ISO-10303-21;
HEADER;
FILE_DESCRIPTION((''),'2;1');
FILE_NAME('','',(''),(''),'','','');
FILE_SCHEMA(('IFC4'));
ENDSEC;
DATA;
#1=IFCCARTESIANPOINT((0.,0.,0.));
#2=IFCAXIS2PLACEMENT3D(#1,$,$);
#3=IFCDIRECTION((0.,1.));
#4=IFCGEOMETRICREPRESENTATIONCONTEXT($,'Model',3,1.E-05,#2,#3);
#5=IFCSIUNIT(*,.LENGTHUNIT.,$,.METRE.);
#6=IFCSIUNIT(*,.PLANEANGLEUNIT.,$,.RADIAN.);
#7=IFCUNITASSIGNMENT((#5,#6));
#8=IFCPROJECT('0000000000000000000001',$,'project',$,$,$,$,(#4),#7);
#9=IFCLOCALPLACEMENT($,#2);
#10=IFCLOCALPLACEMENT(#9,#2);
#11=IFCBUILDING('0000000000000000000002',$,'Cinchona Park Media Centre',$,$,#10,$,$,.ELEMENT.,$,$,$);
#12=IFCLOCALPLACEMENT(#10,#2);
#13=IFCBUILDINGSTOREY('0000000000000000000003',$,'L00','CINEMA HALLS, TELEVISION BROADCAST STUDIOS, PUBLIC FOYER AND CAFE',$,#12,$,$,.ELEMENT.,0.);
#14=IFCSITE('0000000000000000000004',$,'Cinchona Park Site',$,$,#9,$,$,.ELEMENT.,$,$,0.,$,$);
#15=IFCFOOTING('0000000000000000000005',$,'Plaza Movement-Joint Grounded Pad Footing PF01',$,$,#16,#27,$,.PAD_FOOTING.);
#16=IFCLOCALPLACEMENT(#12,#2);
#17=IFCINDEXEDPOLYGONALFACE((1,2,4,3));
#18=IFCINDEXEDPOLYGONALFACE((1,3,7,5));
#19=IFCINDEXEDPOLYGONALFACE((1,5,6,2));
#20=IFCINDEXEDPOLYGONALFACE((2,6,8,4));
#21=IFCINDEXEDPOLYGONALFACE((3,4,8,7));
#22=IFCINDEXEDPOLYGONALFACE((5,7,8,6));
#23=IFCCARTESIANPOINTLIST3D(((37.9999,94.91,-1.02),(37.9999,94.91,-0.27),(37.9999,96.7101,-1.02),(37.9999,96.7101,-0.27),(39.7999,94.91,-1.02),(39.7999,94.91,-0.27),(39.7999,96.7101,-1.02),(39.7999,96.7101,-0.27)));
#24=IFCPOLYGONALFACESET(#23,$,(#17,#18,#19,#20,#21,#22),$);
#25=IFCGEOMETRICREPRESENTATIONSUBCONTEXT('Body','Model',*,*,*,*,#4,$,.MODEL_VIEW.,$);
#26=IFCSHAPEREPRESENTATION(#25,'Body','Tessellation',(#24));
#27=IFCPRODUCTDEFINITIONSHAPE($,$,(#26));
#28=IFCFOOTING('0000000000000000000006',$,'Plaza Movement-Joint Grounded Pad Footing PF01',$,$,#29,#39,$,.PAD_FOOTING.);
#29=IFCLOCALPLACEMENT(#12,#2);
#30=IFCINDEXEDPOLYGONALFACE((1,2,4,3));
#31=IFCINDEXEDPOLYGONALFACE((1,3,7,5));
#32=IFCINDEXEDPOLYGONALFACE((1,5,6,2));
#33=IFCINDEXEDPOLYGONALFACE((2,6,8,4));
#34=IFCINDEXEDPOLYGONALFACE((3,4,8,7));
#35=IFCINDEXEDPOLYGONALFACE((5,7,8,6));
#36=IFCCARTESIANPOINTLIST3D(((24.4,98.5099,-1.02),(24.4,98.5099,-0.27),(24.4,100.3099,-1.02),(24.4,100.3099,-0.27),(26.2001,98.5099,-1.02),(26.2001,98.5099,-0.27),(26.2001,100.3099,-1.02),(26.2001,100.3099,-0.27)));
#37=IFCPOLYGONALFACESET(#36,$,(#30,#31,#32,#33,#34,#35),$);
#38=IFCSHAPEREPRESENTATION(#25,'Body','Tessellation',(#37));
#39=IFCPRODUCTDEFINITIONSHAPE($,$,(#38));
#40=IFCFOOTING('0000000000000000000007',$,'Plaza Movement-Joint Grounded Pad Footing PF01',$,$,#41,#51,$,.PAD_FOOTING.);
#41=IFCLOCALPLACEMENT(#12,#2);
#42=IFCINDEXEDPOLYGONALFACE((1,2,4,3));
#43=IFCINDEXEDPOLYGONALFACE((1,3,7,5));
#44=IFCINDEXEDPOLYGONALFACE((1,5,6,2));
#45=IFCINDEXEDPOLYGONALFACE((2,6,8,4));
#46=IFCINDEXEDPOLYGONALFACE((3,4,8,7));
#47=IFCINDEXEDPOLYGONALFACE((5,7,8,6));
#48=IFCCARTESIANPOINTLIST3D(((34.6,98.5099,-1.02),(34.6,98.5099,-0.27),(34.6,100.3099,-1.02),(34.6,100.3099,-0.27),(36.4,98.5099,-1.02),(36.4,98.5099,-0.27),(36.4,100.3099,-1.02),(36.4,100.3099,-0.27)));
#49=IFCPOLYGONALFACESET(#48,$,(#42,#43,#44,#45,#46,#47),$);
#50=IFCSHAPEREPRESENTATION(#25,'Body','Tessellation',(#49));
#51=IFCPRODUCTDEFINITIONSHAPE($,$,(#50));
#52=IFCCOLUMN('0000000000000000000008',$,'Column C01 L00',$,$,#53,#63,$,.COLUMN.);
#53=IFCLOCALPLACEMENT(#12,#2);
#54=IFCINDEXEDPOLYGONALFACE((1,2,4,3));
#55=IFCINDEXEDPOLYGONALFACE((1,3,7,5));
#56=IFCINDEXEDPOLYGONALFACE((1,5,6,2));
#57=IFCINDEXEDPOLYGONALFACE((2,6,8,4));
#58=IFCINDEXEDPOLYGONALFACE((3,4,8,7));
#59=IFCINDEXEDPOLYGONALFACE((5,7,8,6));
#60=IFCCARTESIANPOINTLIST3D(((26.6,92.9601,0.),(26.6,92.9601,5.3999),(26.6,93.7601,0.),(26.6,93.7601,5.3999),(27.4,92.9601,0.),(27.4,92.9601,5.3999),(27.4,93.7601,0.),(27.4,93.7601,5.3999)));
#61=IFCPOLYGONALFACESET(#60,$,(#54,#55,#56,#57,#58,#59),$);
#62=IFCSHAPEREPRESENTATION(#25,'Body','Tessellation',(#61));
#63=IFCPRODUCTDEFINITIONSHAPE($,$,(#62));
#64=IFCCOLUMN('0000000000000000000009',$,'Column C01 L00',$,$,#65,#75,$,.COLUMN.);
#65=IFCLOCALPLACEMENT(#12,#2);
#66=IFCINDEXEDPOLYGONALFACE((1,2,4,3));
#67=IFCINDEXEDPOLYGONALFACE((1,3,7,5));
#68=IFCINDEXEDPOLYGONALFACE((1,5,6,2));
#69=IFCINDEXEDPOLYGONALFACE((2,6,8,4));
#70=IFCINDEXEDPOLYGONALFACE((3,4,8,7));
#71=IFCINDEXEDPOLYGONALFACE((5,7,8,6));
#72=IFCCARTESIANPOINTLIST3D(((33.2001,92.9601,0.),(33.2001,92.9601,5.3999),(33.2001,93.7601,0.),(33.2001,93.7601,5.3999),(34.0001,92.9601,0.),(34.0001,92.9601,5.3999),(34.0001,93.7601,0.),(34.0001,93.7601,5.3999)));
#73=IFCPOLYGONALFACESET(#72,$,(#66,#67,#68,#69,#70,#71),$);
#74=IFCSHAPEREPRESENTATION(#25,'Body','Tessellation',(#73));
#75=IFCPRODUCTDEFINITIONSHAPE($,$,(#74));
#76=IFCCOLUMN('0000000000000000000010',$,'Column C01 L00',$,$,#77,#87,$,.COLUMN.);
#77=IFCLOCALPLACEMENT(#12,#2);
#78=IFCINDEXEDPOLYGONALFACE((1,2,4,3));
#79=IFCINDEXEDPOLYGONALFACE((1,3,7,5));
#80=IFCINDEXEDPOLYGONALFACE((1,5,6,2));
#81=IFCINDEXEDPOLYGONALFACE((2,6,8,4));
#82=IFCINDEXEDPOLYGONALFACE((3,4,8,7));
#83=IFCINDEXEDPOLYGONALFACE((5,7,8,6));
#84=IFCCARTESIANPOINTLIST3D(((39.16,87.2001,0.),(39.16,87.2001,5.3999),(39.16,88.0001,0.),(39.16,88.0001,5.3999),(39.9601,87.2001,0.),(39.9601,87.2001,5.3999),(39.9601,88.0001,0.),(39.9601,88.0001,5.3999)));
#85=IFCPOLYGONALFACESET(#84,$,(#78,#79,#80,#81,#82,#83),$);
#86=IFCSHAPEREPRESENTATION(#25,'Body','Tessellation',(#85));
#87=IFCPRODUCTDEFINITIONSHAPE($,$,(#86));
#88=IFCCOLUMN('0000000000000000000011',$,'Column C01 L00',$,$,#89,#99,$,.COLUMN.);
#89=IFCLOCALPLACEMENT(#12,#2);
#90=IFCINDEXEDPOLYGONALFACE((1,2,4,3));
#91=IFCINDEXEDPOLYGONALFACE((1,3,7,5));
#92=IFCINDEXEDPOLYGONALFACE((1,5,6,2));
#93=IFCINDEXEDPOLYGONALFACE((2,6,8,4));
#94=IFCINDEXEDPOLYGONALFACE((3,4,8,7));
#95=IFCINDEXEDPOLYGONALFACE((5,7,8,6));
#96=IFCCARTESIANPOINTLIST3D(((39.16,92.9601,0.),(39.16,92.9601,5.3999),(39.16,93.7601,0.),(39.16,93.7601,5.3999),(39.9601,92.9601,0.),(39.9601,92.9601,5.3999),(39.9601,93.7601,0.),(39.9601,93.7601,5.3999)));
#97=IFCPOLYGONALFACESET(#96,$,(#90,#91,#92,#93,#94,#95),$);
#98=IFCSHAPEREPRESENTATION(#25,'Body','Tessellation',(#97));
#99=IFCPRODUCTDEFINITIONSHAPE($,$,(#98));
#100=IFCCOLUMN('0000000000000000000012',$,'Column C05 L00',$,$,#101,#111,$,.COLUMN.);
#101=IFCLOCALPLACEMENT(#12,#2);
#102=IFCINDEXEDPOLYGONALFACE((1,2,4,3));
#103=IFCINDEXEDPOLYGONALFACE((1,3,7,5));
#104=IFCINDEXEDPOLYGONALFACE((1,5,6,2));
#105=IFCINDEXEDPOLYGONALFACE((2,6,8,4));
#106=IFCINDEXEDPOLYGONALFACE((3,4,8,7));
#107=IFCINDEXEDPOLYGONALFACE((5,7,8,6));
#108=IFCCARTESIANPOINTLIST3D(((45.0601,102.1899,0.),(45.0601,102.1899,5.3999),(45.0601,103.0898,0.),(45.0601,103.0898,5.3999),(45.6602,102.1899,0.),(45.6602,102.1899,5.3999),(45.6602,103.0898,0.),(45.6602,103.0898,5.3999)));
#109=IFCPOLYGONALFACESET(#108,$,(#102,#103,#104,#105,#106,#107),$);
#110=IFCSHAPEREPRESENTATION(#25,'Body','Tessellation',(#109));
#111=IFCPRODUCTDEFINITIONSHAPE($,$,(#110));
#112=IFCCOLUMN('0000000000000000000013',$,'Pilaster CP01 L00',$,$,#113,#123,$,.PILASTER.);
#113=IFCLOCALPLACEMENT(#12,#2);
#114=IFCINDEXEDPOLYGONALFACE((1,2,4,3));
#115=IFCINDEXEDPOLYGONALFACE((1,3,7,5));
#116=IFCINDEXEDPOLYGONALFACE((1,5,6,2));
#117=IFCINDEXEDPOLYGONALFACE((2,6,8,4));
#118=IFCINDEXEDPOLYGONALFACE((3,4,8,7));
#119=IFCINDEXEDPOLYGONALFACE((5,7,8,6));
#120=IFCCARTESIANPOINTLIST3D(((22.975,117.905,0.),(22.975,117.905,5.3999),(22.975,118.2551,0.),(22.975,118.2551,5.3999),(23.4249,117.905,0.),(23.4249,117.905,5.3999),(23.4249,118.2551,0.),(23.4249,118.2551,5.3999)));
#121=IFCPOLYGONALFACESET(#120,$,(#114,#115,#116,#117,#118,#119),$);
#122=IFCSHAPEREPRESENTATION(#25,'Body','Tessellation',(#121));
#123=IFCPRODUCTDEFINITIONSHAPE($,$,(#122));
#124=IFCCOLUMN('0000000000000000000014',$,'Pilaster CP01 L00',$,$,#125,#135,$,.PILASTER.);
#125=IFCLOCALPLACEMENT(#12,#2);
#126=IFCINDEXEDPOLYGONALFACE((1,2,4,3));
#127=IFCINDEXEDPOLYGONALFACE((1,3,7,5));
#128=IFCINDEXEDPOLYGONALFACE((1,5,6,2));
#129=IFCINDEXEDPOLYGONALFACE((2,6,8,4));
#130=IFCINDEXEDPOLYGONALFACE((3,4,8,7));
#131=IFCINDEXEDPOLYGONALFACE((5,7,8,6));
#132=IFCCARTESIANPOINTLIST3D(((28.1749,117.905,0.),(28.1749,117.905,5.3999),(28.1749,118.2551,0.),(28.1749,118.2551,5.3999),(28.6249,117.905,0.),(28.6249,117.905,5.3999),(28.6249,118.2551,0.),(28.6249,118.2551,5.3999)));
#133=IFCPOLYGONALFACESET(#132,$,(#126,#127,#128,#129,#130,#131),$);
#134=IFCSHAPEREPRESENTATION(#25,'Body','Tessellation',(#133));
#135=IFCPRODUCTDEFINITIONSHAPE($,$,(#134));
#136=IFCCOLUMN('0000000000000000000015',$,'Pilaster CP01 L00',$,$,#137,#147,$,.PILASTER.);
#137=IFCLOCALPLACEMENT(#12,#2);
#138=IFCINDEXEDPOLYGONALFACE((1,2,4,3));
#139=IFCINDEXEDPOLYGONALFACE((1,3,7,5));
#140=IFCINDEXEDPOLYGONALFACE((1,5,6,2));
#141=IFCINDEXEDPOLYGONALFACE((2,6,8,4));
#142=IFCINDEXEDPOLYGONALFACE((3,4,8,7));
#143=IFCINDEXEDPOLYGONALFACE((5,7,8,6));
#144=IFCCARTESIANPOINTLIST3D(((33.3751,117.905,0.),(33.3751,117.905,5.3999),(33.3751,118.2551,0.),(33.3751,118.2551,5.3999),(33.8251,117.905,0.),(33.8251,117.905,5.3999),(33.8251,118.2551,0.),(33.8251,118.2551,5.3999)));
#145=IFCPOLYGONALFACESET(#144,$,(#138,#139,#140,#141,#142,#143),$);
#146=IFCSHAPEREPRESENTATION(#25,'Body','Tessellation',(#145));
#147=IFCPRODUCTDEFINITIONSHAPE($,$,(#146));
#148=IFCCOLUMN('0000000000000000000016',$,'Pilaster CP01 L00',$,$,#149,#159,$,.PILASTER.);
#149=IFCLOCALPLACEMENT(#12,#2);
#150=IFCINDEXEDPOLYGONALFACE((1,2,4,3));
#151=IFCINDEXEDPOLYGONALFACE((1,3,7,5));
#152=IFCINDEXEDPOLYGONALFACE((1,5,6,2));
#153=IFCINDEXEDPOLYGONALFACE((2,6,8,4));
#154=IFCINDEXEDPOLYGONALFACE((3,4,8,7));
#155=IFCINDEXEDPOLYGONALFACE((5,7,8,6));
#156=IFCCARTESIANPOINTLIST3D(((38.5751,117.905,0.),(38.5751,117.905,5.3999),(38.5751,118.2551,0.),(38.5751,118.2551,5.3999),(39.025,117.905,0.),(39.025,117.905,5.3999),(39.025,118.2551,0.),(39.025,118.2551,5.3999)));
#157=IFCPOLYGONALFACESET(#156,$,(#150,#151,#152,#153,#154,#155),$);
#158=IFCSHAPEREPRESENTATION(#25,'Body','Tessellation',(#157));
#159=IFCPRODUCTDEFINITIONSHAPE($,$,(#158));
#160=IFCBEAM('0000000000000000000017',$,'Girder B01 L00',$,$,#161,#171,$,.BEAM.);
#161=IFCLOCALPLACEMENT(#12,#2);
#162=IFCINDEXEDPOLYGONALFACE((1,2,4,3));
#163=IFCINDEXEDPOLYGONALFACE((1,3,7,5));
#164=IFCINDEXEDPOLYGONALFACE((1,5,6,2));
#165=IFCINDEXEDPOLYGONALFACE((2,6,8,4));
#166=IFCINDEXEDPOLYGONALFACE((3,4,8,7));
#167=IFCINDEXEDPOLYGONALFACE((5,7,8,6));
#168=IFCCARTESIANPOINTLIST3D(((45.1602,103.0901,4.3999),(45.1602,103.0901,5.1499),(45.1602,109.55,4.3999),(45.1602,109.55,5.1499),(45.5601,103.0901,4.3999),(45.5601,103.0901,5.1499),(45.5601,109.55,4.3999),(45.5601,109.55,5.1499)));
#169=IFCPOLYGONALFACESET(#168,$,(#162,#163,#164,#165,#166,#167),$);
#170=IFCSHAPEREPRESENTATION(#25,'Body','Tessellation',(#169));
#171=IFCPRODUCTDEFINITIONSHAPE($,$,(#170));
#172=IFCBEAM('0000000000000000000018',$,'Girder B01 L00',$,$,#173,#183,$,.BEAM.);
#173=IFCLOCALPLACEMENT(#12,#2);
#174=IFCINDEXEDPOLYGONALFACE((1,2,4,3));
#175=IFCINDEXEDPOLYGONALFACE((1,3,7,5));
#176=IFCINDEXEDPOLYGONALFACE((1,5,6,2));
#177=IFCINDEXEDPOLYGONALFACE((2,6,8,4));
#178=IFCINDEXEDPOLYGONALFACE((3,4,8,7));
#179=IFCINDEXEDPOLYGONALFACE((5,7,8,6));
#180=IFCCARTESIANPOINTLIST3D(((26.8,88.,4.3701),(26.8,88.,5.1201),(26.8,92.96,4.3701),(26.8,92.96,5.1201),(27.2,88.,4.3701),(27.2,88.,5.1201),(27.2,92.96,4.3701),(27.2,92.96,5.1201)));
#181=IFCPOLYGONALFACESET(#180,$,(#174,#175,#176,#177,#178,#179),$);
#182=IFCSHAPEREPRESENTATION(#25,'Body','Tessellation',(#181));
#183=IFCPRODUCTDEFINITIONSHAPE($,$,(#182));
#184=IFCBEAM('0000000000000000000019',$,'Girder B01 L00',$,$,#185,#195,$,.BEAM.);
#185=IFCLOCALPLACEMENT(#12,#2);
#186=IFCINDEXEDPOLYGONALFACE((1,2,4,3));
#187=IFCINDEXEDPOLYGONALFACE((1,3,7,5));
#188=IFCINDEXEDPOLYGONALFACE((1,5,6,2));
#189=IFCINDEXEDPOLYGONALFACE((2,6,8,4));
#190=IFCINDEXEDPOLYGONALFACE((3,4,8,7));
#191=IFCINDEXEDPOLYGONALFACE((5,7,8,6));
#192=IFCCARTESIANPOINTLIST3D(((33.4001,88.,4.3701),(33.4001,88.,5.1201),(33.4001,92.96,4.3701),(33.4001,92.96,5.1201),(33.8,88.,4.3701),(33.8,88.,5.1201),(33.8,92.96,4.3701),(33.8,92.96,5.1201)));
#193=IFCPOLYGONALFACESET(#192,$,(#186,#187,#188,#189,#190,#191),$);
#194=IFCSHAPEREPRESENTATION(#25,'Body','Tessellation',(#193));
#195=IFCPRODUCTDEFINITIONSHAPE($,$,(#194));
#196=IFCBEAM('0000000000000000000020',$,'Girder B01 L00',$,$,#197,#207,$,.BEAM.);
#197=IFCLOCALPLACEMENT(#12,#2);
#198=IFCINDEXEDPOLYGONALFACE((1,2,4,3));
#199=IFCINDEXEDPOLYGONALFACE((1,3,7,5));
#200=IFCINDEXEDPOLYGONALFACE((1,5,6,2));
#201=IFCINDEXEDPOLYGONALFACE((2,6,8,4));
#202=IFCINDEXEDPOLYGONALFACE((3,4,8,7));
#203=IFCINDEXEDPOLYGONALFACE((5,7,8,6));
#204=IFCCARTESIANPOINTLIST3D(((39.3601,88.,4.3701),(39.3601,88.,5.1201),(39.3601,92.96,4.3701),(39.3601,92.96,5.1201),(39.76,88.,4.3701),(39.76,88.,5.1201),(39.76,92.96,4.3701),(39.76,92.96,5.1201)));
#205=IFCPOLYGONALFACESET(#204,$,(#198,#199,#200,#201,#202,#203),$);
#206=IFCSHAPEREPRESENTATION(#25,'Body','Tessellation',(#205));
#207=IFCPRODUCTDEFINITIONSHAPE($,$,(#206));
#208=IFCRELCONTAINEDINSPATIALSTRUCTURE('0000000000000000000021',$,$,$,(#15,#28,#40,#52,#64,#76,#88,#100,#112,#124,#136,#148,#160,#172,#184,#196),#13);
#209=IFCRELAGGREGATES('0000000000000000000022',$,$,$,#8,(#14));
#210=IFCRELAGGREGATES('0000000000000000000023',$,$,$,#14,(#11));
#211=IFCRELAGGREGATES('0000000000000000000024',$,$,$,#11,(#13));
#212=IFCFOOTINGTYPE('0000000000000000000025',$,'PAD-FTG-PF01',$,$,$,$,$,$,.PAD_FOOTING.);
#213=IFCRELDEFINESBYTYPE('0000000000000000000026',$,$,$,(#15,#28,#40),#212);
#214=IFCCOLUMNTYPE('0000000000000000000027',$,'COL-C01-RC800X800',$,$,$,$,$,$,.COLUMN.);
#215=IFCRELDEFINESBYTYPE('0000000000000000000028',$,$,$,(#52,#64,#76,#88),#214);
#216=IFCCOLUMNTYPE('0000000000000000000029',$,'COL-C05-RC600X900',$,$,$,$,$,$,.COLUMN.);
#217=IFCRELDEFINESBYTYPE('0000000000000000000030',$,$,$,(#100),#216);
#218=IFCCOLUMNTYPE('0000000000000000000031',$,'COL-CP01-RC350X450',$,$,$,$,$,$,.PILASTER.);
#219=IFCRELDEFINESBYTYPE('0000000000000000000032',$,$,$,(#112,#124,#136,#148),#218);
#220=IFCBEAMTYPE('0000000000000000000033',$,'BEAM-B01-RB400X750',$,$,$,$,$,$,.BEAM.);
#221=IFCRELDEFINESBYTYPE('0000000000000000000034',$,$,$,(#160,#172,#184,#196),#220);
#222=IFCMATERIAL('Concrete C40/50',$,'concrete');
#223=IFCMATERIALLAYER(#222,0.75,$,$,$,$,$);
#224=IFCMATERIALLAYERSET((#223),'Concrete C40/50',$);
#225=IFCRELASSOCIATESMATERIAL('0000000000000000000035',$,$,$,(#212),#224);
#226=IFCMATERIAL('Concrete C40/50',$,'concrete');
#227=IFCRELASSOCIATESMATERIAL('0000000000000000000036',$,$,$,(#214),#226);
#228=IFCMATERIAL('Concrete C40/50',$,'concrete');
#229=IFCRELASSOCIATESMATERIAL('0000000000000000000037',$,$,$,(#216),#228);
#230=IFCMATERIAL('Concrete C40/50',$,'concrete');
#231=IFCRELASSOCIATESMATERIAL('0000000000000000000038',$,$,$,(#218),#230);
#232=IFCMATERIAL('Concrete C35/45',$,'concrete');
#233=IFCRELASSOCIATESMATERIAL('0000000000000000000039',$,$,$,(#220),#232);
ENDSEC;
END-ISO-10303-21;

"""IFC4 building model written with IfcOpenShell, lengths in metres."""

from ifc_helpers import new_model, si_unit, direction, frame, origin, origin_2d, place, context, subcontext, project, spatial, rectangle, extrude, material, layer, layer_set, material_profile, profile_set, type_object, element, save


model = new_model("IFC4")

# Units and contexts
model_context = context("Model", 3, precision=1e-05, world=origin(), true_north=direction((0.0, 1.0)))
body_context = subcontext(model_context, "Body", "Model", "MODEL_VIEW")
ifc_project = project(units=[si_unit("LENGTHUNIT", "METRE"), si_unit("PLANEANGLEUNIT", "RADIAN")], contexts=[model_context])

# Site, building, storey
site_placement = place(None, origin())
site = spatial("IfcSite", under=ifc_project, at=site_placement, Name="Cinchona Park Site", CompositionType="ELEMENT", RefElevation=0.0)
building_placement = place(site_placement, origin())
building = spatial("IfcBuilding", under=site, at=building_placement, Name="Cinchona Park Media Centre", CompositionType="ELEMENT")
storey_placement = place(building_placement, origin())
storey = spatial("IfcBuildingStorey", under=building, at=storey_placement, Name="L00", Description="CINEMA HALLS, TELEVISION BROADCAST STUDIOS, PUBLIC FOYER AND CAFE", CompositionType="ELEMENT", Elevation=0.0)

# Footings
ifc_material_1 = material(Name="Concrete C40/50", Category="concrete")
ifc_layer_1 = layer(ifc_material_1, 0.75)
ifc_layer_set_1 = layer_set([ifc_layer_1], Name="Concrete C40/50")
footing_type = type_object("IfcFootingType", Name="PAD-FTG-PF01", PredefinedType="PAD_FOOTING", material=ifc_layer_set_1)
for number, where, z_axis, x_axis, name in (
    (1, (38.8999, 95.8101, -1.02), (0.0, 0.0, 1.0), (1.0, 0.0, 0.0), "Plaza Movement-Joint Grounded Pad Footing PF01"),
    (2, (25.3, 99.4099, -1.02), (0.0, 0.0, 1.0), (1.0, 0.0, 0.0), "Plaza Movement-Joint Grounded Pad Footing PF01"),
    (3, (35.5, 99.4099, -1.02), (0.0, 0.0, 1.0), (1.0, 0.0, 0.0), "Plaza Movement-Joint Grounded Pad Footing PF01"),
):
    element("IfcFooting", number, at=place(storey_placement, frame(where, z_axis=z_axis, x_axis=x_axis)), inside=storey, type_object=footing_type, Name=name, PredefinedType="PAD_FOOTING", context=body_context, shape_type="SweptSolid", body=[
        extrude(rectangle(XDim=1.8, YDim=1.8, at=origin_2d()), origin(), (0.0, 0.0, 1.0), 0.75),
    ])

# Columns
ifc_material_2 = material(Name="Concrete C40/50", Category="concrete")
ifc_material_profile_1 = material_profile(ifc_material_2, rectangle(XDim=0.8, YDim=0.8, at=origin_2d()), Name="RC 800X800")
ifc_profile_set_1 = profile_set([ifc_material_profile_1], Name="Concrete C40/50")
column_type_1 = type_object("IfcColumnType", Name="COL-C01-RC800X800", PredefinedType="COLUMN", material=ifc_profile_set_1)
for number, where, z_axis, x_axis, name in (
    (4, (27.0, 93.3601, 0.0), (0.0, 0.0, 1.0), (1.0, 0.0, 0.0), "Column C01 L00"),
    (5, (33.6001, 93.3601, 0.0), (0.0, 0.0, 1.0), (1.0, 0.0, 0.0), "Column C01 L00"),
    (6, (39.5601, 87.6001, 0.0), (0.0, 0.0, 1.0), (1.0, 0.0, 0.0), "Column C01 L00"),
    (7, (39.5601, 93.3601, 0.0), (0.0, 0.0, 1.0), (1.0, 0.0, 0.0), "Column C01 L00"),
):
    element("IfcColumn", number, at=place(storey_placement, frame(where, z_axis=z_axis, x_axis=x_axis)), inside=storey, type_object=column_type_1, Name=name, PredefinedType="COLUMN", context=body_context, shape_type="SweptSolid", body=[
        extrude(rectangle(XDim=0.8, YDim=0.8, at=origin_2d()), origin(), (0.0, 0.0, 1.0), 5.3999),
    ])
ifc_material_3 = material(Name="Concrete C40/50", Category="concrete")
ifc_material_profile_2 = material_profile(ifc_material_3, rectangle(XDim=0.6001, YDim=0.8999, at=origin_2d()), Name="RC 600X900")
ifc_profile_set_2 = profile_set([ifc_material_profile_2], Name="Concrete C40/50")
column_type_2 = type_object("IfcColumnType", Name="COL-C05-RC600X900", PredefinedType="COLUMN", material=ifc_profile_set_2)
column_placement = place(storey_placement, frame((45.3601, 102.6399, 0.0), z_axis=(0.0, 0.0, 1.0), x_axis=(1.0, 0.0, 0.0)))
element("IfcColumn", 8, at=column_placement, inside=storey, type_object=column_type_2, Name="Column C05 L00", PredefinedType="COLUMN", context=body_context, shape_type="SweptSolid", body=[
    extrude(rectangle(XDim=0.6001, YDim=0.8999, at=origin_2d()), origin(), (0.0, 0.0, 1.0), 5.3999),
])
ifc_material_4 = material(Name="Concrete C40/50", Category="concrete")
ifc_material_profile_3 = material_profile(ifc_material_4, rectangle(XDim=0.3501, YDim=0.45, at=origin_2d()), Name="RC 350X450")
ifc_profile_set_3 = profile_set([ifc_material_profile_3], Name="Concrete C40/50")
column_type_3 = type_object("IfcColumnType", Name="COL-CP01-RC350X450", PredefinedType="PILASTER", material=ifc_profile_set_3)
for number, where, z_axis, x_axis, name in (
    (9, (23.2, 118.0801, 0.0), (0.0, 0.0, 1.0), (0.0, 1.0, 0.0), "Pilaster CP01 L00"),
    (10, (28.3999, 118.0801, 0.0), (0.0, 0.0, 1.0), (0.0, 1.0, 0.0), "Pilaster CP01 L00"),
    (11, (33.6001, 118.0801, 0.0), (0.0, 0.0, 1.0), (0.0, 1.0, 0.0), "Pilaster CP01 L00"),
    (12, (38.8, 118.0801, 0.0), (0.0, 0.0, 1.0), (0.0, 1.0, 0.0), "Pilaster CP01 L00"),
):
    element("IfcColumn", number, at=place(storey_placement, frame(where, z_axis=z_axis, x_axis=x_axis)), inside=storey, type_object=column_type_3, Name=name, PredefinedType="PILASTER", context=body_context, shape_type="SweptSolid", body=[
        extrude(rectangle(XDim=0.3501, YDim=0.45, at=origin_2d()), origin(), (0.0, 0.0, 1.0), 5.3999),
    ])

# Beams
ifc_material_5 = material(Name="Concrete C35/45", Category="concrete")
ifc_material_profile_4 = material_profile(ifc_material_5, rectangle(XDim=0.3999, YDim=0.75, at=origin_2d()), Name="RB 400X750")
ifc_profile_set_4 = profile_set([ifc_material_profile_4], Name="Concrete C35/45")
beam_type_1 = type_object("IfcBeamType", Name="BEAM-B01-RB400X750", PredefinedType="BEAM", material=ifc_profile_set_4)
beam_1_placement = place(storey_placement, frame((45.3601, 103.0901, 4.7749), z_axis=(0.0, 1.0, 0.0), x_axis=(-1.0, 0.0, 0.0)))
element("IfcBeam", 13, at=beam_1_placement, inside=storey, type_object=beam_type_1, Name="Girder B01 L00", PredefinedType="BEAM", context=body_context, shape_type="SweptSolid", body=[
    extrude(rectangle(XDim=0.3999, YDim=0.75, at=origin_2d()), origin(), (0.0, 0.0, 1.0), 6.46),
])
for number, where, z_axis, x_axis, name in (
    (14, (27.0, 88.0, 4.7451), (0.0, 1.0, 0.0), (-1.0, 0.0, 0.0), "Girder B01 L00"),
    (15, (33.6001, 88.0, 4.7451), (0.0, 1.0, 0.0), (-1.0, 0.0, 0.0), "Girder B01 L00"),
    (16, (39.5601, 88.0, 4.7451), (0.0, 1.0, 0.0), (-1.0, 0.0, 0.0), "Girder B01 L00"),
):
    element("IfcBeam", number, at=place(storey_placement, frame(where, z_axis=z_axis, x_axis=x_axis)), inside=storey, type_object=beam_type_1, Name=name, PredefinedType="BEAM", context=body_context, shape_type="SweptSolid", body=[
        extrude(rectangle(XDim=0.3999, YDim=0.75, at=origin_2d()), origin(), (0.0, 0.0, 1.0), 4.96),
    ])

save(model, "model.ifc")
